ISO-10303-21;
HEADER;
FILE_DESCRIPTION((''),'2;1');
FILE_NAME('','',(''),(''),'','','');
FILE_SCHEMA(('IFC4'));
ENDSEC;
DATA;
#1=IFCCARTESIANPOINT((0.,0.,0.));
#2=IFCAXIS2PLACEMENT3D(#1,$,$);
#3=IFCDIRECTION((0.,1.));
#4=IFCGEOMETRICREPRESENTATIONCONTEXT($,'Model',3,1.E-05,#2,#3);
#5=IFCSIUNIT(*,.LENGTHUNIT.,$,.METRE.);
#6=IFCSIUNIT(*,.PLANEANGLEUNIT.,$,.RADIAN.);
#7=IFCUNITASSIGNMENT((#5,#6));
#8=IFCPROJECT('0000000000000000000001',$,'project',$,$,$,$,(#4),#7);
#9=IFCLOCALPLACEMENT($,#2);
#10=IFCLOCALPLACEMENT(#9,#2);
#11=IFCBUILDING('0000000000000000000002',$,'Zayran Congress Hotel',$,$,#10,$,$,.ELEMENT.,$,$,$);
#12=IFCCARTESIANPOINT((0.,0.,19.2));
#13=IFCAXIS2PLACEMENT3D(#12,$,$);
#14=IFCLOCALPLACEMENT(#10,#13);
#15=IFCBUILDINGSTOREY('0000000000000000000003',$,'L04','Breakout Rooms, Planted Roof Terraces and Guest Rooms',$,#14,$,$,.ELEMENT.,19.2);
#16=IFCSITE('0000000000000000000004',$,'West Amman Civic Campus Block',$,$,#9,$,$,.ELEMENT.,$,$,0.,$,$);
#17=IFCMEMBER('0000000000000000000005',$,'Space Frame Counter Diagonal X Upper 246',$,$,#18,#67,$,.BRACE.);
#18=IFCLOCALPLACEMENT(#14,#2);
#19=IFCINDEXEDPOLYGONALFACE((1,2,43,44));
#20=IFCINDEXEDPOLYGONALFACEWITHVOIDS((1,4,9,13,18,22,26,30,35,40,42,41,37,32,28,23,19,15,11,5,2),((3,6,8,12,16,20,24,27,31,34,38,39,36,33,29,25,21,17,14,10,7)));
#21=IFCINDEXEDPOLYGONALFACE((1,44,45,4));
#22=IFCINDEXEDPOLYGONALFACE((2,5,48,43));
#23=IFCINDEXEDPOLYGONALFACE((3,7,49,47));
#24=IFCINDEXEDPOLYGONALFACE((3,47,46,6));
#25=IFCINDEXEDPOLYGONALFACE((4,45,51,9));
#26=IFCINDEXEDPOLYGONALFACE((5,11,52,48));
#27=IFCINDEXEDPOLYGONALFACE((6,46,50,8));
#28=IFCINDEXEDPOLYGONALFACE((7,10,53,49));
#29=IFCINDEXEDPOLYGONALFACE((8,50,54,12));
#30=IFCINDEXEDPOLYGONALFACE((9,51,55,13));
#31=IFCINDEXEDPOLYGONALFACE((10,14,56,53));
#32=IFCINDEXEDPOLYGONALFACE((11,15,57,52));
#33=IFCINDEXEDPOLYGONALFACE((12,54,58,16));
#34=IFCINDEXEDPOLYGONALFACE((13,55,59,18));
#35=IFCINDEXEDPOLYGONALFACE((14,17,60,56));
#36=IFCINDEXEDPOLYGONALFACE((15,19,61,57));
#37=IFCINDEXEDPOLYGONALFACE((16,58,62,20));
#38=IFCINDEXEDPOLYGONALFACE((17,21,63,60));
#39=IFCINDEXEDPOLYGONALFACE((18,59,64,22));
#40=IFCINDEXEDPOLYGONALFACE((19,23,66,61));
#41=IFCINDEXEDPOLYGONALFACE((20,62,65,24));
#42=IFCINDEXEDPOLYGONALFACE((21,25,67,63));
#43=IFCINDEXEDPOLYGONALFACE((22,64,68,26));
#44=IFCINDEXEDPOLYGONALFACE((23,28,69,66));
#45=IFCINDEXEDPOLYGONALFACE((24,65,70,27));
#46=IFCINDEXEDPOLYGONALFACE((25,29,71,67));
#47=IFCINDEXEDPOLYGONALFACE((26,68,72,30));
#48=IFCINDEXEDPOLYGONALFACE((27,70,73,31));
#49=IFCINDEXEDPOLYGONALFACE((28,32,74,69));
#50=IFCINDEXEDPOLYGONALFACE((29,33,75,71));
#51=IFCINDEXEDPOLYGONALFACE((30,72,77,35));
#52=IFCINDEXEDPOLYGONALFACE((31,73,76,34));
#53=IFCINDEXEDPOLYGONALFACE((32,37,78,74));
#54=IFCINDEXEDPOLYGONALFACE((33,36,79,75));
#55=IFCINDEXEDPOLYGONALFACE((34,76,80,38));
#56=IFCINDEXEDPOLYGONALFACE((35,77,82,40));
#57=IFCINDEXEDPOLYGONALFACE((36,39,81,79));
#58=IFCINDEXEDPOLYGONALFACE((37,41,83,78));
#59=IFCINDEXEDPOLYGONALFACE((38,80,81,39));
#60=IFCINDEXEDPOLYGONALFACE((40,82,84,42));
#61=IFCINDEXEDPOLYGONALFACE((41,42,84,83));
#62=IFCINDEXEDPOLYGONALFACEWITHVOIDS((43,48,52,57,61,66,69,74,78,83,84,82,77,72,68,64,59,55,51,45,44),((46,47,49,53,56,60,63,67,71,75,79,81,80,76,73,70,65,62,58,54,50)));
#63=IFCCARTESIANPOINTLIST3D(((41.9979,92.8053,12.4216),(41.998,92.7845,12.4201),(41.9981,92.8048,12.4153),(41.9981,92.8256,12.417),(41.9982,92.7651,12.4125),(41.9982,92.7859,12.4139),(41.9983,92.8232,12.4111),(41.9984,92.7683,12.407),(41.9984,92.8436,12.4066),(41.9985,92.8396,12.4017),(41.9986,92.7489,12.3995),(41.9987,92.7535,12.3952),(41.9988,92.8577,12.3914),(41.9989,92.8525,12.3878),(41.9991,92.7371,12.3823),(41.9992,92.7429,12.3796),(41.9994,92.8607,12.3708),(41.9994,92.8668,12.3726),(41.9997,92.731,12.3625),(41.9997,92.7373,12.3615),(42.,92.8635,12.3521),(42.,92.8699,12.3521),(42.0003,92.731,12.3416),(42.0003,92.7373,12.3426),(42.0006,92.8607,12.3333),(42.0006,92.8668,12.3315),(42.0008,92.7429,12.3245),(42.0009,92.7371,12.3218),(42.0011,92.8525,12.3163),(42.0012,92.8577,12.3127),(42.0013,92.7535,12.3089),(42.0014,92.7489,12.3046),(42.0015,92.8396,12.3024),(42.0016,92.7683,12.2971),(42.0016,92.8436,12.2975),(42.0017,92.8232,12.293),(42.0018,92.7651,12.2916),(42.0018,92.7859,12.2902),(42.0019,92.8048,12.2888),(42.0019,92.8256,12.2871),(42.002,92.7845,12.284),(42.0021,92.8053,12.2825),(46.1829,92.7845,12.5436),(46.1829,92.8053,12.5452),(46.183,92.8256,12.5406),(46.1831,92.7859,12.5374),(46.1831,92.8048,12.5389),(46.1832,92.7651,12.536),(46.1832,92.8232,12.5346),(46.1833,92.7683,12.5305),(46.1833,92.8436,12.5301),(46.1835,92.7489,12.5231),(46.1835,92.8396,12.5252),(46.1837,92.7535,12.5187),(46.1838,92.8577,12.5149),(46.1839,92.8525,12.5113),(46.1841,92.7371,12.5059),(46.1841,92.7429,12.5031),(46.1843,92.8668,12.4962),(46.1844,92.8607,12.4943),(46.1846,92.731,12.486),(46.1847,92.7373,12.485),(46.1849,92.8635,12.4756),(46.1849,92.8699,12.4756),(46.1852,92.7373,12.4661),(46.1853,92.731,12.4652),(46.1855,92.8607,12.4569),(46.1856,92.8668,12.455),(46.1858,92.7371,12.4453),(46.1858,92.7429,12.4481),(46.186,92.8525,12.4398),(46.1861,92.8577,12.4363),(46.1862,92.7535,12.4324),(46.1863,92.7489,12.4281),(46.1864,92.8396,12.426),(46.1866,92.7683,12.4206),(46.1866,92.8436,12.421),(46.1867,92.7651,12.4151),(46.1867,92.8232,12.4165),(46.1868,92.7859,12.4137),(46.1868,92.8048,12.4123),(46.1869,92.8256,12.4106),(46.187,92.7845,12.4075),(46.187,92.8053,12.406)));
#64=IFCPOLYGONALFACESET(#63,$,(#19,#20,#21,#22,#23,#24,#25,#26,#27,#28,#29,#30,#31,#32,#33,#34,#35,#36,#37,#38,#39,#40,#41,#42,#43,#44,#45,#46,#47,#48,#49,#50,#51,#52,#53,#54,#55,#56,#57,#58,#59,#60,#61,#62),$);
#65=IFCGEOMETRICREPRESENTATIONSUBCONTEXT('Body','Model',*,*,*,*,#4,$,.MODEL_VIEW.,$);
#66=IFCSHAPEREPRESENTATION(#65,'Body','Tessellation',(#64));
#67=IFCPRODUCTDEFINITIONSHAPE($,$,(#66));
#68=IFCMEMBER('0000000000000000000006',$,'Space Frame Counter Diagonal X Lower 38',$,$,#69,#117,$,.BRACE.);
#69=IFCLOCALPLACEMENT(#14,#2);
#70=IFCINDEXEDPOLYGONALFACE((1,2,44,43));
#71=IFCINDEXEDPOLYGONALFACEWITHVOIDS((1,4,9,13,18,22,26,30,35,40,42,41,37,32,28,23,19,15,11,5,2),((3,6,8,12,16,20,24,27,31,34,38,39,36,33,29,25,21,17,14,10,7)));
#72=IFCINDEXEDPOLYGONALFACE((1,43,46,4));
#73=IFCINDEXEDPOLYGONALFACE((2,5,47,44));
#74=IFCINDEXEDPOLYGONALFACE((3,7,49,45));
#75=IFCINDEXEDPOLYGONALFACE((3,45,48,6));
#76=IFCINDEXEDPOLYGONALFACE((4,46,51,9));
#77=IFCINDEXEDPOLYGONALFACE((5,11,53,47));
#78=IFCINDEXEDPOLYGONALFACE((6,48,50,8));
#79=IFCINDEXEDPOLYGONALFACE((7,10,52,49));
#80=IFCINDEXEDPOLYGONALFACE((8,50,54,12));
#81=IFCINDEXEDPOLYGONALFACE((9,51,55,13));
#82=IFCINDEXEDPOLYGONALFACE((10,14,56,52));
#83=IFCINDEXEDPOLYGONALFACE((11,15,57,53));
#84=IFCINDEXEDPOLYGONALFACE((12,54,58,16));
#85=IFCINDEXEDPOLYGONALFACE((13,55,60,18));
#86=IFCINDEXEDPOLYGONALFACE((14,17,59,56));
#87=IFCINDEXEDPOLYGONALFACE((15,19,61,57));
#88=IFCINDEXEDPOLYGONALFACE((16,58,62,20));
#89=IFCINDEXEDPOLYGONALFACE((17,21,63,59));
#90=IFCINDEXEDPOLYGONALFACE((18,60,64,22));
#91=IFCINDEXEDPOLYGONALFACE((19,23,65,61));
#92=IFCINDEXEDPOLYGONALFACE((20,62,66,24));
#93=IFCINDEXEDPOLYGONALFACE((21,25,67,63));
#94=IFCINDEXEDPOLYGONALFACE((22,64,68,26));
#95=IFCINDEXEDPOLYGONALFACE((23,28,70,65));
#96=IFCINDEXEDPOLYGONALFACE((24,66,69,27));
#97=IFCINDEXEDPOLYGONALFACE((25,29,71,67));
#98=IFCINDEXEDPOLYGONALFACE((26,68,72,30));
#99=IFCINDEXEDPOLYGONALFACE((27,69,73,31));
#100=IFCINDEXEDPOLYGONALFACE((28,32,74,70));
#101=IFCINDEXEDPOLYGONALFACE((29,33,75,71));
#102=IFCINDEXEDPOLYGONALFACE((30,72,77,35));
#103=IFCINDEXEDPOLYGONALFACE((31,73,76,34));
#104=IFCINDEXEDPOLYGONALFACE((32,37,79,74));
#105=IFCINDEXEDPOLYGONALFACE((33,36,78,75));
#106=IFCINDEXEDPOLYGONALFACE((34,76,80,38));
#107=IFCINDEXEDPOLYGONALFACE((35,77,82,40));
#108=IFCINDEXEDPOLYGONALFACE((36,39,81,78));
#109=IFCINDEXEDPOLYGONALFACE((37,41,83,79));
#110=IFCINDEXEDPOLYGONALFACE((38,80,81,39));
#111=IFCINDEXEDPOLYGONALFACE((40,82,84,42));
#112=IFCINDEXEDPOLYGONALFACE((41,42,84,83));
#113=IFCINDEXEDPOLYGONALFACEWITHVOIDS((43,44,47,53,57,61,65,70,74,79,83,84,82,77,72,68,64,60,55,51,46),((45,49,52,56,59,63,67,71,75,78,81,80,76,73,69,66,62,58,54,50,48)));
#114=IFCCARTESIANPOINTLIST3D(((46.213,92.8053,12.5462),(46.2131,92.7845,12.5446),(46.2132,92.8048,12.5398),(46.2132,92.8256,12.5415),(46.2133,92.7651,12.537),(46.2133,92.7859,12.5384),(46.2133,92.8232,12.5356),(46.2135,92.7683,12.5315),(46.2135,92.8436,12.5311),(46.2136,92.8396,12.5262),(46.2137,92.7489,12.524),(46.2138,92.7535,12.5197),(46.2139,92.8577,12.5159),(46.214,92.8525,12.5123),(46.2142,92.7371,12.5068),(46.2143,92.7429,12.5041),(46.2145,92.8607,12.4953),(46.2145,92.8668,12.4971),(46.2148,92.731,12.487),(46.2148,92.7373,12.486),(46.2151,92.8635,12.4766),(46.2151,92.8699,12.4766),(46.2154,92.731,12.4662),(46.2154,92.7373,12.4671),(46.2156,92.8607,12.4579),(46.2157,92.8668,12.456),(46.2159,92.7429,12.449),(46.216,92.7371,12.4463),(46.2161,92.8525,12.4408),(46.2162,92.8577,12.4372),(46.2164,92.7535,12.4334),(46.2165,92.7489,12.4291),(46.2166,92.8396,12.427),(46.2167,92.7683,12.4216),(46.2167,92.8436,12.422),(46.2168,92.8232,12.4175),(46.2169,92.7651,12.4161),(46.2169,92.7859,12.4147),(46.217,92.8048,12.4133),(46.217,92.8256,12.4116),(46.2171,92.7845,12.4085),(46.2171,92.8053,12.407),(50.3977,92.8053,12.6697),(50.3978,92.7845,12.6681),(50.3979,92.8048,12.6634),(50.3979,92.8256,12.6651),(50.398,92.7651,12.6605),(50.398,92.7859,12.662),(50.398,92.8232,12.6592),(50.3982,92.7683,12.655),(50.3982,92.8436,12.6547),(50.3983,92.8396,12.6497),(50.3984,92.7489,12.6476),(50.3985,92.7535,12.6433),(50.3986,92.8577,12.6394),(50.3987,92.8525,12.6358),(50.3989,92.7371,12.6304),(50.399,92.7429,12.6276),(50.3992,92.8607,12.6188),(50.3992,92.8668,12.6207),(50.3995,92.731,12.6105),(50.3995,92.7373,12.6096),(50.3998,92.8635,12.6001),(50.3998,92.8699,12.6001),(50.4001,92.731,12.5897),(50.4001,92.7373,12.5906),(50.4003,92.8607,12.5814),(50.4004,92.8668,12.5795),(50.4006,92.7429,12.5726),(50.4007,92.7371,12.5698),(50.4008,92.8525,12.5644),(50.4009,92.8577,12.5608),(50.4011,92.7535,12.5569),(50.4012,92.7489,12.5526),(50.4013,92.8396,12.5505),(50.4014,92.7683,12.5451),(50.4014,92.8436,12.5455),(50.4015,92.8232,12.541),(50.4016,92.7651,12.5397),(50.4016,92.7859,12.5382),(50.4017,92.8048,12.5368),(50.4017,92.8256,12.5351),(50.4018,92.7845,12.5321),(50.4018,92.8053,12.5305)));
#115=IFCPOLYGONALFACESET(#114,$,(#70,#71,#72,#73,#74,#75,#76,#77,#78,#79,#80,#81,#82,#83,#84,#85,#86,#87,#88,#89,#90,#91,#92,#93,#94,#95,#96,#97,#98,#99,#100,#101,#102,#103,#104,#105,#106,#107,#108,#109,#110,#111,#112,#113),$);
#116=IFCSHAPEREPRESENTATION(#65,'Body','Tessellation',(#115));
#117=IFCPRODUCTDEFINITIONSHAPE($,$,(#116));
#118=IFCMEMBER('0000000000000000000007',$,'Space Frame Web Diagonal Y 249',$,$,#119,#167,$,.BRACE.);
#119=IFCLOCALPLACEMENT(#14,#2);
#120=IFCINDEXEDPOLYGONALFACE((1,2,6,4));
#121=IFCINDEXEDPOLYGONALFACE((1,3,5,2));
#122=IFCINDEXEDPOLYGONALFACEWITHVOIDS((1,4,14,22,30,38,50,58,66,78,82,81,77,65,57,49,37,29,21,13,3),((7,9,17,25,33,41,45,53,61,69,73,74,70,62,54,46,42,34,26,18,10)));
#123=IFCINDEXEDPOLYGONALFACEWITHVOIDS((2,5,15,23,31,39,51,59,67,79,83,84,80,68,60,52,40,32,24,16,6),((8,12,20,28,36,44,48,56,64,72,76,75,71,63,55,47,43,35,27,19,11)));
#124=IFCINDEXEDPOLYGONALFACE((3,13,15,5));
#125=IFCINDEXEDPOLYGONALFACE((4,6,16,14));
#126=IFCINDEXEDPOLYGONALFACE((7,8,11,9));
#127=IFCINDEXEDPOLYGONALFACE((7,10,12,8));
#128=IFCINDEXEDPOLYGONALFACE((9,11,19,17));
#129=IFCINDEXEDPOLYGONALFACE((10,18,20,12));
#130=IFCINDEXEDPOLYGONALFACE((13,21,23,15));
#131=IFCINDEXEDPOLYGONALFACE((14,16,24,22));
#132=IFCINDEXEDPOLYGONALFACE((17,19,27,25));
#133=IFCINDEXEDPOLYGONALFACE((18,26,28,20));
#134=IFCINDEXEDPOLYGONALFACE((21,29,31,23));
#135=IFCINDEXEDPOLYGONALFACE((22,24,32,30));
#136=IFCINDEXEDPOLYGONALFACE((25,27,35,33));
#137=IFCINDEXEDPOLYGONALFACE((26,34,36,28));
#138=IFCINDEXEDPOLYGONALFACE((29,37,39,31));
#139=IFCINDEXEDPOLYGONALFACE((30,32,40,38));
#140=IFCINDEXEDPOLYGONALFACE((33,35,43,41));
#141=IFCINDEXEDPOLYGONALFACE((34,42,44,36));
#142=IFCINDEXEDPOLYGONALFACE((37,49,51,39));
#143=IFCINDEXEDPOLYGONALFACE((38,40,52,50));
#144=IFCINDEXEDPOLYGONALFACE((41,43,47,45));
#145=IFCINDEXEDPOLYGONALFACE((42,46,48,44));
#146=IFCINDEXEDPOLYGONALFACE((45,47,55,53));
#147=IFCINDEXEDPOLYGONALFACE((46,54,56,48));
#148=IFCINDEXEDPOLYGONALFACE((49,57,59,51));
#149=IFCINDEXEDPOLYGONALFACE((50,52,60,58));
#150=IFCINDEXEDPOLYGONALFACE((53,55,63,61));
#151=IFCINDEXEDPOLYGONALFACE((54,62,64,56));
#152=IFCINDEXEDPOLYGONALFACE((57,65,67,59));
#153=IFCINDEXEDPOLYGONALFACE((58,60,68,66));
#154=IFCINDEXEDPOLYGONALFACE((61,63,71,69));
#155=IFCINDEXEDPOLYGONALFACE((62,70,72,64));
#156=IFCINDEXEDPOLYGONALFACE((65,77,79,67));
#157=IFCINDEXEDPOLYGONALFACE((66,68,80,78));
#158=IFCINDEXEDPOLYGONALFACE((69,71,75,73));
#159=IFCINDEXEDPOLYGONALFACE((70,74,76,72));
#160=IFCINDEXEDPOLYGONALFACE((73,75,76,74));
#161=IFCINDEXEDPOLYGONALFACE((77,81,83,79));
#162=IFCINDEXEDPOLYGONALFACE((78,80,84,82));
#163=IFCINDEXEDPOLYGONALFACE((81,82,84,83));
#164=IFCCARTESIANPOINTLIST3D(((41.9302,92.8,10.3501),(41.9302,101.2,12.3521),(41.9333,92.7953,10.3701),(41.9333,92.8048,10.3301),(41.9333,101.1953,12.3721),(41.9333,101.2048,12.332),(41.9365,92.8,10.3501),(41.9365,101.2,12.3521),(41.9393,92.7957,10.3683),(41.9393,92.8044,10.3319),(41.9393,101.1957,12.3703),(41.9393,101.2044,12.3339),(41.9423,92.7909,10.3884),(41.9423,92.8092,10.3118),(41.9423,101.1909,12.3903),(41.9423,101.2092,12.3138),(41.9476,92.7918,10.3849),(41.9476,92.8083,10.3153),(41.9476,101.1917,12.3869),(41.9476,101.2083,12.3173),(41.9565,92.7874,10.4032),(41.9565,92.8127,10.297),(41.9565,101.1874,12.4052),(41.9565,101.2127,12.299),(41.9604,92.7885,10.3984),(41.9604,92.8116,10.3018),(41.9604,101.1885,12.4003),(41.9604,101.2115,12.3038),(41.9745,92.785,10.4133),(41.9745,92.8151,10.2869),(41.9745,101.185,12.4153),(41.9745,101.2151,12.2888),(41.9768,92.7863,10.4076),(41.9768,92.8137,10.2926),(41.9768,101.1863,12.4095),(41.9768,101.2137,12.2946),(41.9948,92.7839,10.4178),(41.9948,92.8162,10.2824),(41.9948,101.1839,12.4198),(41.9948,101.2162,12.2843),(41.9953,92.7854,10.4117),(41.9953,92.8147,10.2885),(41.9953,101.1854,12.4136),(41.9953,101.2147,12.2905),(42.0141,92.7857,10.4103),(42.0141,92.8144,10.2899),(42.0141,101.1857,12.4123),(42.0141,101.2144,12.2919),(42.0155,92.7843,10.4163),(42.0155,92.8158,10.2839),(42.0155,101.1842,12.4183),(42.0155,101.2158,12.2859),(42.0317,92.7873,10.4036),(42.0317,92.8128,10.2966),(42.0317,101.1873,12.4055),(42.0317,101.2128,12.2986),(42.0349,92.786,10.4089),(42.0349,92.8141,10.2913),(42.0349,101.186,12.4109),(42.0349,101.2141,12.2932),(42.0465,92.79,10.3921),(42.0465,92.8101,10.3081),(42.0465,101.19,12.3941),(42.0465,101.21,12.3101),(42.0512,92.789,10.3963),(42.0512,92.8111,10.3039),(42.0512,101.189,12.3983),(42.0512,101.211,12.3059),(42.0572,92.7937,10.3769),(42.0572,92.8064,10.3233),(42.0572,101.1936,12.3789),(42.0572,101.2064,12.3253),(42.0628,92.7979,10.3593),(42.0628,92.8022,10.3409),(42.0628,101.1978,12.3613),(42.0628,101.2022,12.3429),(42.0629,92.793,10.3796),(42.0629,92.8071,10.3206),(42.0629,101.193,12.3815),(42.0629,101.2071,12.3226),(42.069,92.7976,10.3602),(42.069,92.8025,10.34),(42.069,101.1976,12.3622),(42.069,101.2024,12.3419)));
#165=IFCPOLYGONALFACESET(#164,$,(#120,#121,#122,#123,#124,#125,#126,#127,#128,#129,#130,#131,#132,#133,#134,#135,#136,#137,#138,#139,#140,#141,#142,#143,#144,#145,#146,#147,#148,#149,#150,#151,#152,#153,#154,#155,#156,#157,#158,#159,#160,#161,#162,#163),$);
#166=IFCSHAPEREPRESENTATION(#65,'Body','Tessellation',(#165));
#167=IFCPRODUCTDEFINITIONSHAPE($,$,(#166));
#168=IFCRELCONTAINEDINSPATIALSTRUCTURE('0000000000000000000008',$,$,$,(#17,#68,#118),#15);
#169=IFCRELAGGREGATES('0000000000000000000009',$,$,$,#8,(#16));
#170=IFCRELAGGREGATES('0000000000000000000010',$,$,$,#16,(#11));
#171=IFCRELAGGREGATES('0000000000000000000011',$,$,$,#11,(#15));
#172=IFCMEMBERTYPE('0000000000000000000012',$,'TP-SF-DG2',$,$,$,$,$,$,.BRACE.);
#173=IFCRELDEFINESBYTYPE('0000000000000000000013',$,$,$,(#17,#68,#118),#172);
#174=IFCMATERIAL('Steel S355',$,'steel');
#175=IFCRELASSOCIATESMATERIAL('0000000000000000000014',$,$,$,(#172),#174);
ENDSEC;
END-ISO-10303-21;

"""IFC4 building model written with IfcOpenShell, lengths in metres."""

from ifc_helpers import new_model, si_unit, direction, frame, origin, origin_2d, place, context, subcontext, project, spatial, hollow_circle, extrude, material, material_profile, profile_set, type_object, element, save


model = new_model("IFC4")

# Units and contexts
model_context = context("Model", 3, precision=1e-05, world=origin(), true_north=direction((0.0, 1.0)))
body_context = subcontext(model_context, "Body", "Model", "MODEL_VIEW")
ifc_project = project(units=[si_unit("LENGTHUNIT", "METRE"), si_unit("PLANEANGLEUNIT", "RADIAN")], contexts=[model_context])

# Site, building, storey
site_placement = place(None, origin())
site = spatial("IfcSite", under=ifc_project, at=site_placement, Name="West Amman Civic Campus Block", CompositionType="ELEMENT", RefElevation=0.0)
building_placement = place(site_placement, origin())
building = spatial("IfcBuilding", under=site, at=building_placement, Name="Zayran Congress Hotel", CompositionType="ELEMENT")
storey_placement = place(building_placement, frame((0.0, 0.0, 19.2)))
storey = spatial("IfcBuildingStorey", under=building, at=storey_placement, Name="L04", Description="Breakout Rooms, Planted Roof Terraces and Guest Rooms", CompositionType="ELEMENT", Elevation=19.2)

# Members
ifc_material_1 = material(Name="Steel S355", Category="steel")
ifc_material_profile_1 = material_profile(ifc_material_1, hollow_circle(Radius=0.0698, WallThickness=0.0063, at=origin_2d()), Name="CHS 139.7x6.3")
ifc_profile_set_1 = profile_set([ifc_material_profile_1], Name="Steel S355")
member_type_1 = type_object("IfcMemberType", Name="TP-SF-DG2", PredefinedType="BRACE", material=ifc_profile_set_1)
member_1_placement = place(storey_placement, frame((42.0, 92.8, 12.3521), z_axis=(0.999565, 0.0, 0.029505), x_axis=(0.0, 1.0, 0.0)))
element("IfcMember", 1, at=member_1_placement, inside=storey, type_object=member_type_1, Name="Space Frame Counter Diagonal X Upper 246", PredefinedType="BRACE", context=body_context, shape_type="SweptSolid", body=[
    extrude(hollow_circle(Radius=0.0698, WallThickness=0.0063, at=origin_2d()), origin(), (0.0, 0.0, 1.0), 4.1868),
])
member_2_placement = place(storey_placement, frame((46.2151, 92.8, 12.4766), z_axis=(0.999565, 0.0, 0.029507), x_axis=(0.0, 1.0, 0.0)))
element("IfcMember", 2, at=member_2_placement, inside=storey, type_object=member_type_1, Name="Space Frame Counter Diagonal X Lower 38", PredefinedType="BRACE", context=body_context, shape_type="SweptSolid", body=[
    extrude(hollow_circle(Radius=0.0698, WallThickness=0.0063, at=origin_2d()), origin(), (0.0, 0.0, 1.0), 4.1865),
])
member_3_placement = place(storey_placement, frame((42.0, 92.8, 10.3501), z_axis=(0.0, 0.972755, 0.231837), x_axis=(-1.0, 0.0, 0.0)))
element("IfcMember", 3, at=member_3_placement, inside=storey, type_object=member_type_1, Name="Space Frame Web Diagonal Y 249", PredefinedType="BRACE", context=body_context, shape_type="SweptSolid", body=[
    extrude(hollow_circle(Radius=0.0698, WallThickness=0.0063, at=origin_2d()), origin(), (0.0, 0.0, 1.0), 8.6353),
])

save(model, "model.ifc")
